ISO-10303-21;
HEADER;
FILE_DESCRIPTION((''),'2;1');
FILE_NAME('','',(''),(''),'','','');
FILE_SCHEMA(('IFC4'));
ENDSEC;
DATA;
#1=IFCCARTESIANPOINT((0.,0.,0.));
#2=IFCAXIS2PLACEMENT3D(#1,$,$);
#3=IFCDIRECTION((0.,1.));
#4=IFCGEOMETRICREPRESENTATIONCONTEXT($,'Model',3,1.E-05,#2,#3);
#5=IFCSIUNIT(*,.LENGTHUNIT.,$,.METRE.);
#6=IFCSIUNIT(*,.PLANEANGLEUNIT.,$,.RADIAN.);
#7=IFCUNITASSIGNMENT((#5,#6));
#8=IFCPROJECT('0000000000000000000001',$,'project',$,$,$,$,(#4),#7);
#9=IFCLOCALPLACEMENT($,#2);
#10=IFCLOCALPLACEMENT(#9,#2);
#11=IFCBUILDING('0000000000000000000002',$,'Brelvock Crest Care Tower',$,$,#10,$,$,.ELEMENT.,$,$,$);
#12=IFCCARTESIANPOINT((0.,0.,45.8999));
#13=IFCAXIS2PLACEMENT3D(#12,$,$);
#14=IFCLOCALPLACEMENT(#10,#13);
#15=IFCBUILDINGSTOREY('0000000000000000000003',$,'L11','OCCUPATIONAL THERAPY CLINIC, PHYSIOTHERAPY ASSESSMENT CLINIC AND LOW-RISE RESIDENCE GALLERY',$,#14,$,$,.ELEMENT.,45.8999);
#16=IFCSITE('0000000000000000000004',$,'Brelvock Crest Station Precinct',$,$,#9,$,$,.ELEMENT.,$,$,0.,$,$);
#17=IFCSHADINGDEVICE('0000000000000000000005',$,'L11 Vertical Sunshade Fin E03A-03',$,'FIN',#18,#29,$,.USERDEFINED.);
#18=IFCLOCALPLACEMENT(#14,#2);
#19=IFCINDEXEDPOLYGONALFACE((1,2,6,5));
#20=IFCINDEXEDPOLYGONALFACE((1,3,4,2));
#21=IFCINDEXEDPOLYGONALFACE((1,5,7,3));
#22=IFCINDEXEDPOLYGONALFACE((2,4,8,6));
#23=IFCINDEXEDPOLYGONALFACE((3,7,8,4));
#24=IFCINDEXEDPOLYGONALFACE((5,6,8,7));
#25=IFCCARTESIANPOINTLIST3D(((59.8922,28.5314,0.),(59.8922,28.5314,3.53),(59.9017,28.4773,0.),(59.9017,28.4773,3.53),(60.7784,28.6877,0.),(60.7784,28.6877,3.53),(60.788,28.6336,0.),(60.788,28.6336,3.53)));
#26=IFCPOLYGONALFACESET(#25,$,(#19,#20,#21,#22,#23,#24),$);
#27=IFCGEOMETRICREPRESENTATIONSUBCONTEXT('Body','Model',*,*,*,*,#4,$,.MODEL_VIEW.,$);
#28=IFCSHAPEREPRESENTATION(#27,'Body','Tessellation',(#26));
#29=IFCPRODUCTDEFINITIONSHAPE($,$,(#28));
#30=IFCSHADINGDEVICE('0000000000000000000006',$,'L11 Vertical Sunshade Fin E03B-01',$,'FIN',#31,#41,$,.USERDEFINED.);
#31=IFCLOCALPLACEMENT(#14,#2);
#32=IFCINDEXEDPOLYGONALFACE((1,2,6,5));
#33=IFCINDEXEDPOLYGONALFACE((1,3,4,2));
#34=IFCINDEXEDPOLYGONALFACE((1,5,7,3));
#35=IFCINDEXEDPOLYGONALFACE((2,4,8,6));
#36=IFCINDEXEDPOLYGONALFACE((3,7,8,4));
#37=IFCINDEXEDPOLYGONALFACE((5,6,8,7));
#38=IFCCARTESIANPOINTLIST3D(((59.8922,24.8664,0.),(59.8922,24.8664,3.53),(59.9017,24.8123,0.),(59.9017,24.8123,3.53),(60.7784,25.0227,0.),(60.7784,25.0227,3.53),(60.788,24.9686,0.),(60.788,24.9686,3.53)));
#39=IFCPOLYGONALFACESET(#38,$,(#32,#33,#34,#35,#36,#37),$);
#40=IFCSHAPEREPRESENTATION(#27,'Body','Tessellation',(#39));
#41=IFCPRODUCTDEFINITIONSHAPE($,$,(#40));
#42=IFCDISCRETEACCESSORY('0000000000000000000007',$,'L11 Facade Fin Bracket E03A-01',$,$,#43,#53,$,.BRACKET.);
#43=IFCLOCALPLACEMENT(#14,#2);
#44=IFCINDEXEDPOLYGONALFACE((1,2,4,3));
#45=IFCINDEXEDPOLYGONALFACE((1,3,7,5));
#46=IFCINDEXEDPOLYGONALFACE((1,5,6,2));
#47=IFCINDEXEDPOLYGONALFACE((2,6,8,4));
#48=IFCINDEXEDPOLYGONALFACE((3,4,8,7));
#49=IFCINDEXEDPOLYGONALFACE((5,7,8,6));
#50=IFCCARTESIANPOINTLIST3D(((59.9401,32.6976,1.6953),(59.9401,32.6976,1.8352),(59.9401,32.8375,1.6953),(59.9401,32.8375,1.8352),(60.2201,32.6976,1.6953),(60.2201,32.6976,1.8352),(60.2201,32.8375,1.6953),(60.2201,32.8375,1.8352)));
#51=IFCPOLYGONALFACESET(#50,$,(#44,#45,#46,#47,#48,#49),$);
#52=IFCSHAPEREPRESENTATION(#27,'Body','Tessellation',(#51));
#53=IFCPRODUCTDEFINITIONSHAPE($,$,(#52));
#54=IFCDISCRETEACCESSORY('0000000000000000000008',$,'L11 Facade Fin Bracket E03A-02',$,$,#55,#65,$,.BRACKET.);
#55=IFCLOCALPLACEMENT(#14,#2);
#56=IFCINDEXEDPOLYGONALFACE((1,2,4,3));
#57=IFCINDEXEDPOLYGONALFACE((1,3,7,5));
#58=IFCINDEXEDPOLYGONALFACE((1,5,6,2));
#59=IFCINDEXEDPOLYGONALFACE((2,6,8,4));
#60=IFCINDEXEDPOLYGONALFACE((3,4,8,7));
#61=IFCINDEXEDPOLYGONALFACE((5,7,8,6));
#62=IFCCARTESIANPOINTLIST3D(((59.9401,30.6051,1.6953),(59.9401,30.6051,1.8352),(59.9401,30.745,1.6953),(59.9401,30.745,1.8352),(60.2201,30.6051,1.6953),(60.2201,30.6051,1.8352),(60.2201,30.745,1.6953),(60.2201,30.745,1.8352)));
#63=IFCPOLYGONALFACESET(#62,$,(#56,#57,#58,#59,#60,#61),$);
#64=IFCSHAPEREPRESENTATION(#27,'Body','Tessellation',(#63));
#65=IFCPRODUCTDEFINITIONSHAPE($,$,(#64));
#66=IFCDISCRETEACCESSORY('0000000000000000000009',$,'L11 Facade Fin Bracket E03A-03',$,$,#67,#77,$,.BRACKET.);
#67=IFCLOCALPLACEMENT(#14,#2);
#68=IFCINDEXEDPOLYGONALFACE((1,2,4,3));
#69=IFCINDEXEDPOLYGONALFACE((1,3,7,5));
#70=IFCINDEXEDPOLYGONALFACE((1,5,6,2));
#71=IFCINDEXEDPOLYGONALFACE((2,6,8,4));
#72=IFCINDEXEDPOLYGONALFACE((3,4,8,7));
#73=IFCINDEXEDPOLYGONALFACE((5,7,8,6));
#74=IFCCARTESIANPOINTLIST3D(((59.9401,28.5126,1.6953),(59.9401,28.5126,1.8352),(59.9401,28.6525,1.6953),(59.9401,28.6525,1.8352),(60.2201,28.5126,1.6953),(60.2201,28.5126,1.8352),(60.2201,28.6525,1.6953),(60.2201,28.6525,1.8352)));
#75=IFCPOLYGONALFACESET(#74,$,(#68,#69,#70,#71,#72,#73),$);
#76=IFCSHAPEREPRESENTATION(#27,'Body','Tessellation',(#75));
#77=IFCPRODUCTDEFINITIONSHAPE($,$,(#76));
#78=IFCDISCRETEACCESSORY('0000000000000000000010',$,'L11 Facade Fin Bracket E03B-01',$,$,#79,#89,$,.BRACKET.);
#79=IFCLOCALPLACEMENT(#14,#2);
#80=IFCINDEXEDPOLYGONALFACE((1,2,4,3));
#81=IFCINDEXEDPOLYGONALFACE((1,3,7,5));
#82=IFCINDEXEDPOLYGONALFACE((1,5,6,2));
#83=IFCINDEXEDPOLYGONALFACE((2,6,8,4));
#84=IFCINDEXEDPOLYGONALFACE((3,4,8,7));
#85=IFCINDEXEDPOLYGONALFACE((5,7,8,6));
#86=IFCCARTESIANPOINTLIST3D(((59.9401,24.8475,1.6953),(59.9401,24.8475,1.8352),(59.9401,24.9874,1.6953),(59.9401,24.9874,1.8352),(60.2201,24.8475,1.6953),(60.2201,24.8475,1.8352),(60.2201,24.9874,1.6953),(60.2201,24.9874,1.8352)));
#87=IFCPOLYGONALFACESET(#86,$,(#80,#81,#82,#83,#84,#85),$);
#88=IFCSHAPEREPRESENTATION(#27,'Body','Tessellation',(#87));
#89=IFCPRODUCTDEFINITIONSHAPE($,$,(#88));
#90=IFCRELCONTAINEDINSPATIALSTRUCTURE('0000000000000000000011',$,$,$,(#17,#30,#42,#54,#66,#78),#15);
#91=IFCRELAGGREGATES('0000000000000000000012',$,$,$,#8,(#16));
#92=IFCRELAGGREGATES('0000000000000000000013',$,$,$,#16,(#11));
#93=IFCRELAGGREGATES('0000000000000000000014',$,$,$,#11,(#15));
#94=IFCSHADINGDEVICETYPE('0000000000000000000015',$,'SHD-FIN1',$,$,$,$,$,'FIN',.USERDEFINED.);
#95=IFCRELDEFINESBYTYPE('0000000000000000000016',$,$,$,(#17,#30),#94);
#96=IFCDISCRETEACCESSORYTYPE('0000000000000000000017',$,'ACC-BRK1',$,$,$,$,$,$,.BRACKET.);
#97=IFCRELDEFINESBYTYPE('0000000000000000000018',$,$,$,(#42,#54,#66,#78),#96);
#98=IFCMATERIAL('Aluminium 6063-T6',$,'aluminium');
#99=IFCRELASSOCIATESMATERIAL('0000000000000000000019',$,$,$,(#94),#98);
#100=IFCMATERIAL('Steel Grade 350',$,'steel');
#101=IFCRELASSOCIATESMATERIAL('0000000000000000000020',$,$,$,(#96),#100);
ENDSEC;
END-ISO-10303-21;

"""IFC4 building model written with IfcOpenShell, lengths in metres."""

from ifc_helpers import new_model, si_unit, direction, frame, origin, origin_2d, place, context, subcontext, project, spatial, rectangle, extrude, source, transform, mapped, material, material_profile, profile_set, type_object, element, save


model = new_model("IFC4")

# Units and contexts
model_context = context("Model", 3, precision=1e-05, world=origin(), true_north=direction((0.0, 1.0)))
body_context = subcontext(model_context, "Body", "Model", "MODEL_VIEW")
ifc_project = project(units=[si_unit("LENGTHUNIT", "METRE"), si_unit("PLANEANGLEUNIT", "RADIAN")], contexts=[model_context])

# Site, building, storey
site_placement = place(None, origin())
site = spatial("IfcSite", under=ifc_project, at=site_placement, Name="Brelvock Crest Station Precinct", CompositionType="ELEMENT", RefElevation=0.0)
building_placement = place(site_placement, origin())
building = spatial("IfcBuilding", under=site, at=building_placement, Name="Brelvock Crest Care Tower", CompositionType="ELEMENT")
storey_placement = place(building_placement, frame((0.0, 0.0, 45.8999)))
storey = spatial("IfcBuildingStorey", under=building, at=storey_placement, Name="L11", Description="OCCUPATIONAL THERAPY CLINIC, PHYSIOTHERAPY ASSESSMENT CLINIC AND LOW-RISE RESIDENCE GALLERY", CompositionType="ELEMENT", Elevation=45.8999)

# Shared definitions
ifc_material_1 = material(Name="Steel Grade 350", Category="steel")

# Shared definitions
ifc_material_2 = material(Name="Aluminium 6063-T6", Category="aluminium")

# Shading devices
ifc_material_profile_1 = material_profile(ifc_material_2, rectangle(XDim=0.0549, YDim=0.8999, at=origin_2d()), Name="FIN55x900")
ifc_profile_set_1 = profile_set([ifc_material_profile_1], Name="Aluminium 6063-T6")
shading_device_type = type_object("IfcShadingDeviceType", Name="SHD-FIN1", ElementType="FIN", PredefinedType="USERDEFINED", material=ifc_profile_set_1)
shared_shape_1 = source(origin(), body_context, "Body", "SweptSolid", [
    extrude(rectangle(XDim=0.0549, YDim=0.8999, at=origin_2d()), origin(), (0.0, 0.0, 1.0), 3.53),
])
for number, where, z_axis, x_axis, name in (
    (1, (60.3401, 28.5825, 0.0), (0.0, 0.0, 1.0), (0.173648, -0.984808, 0.0), "L11 Vertical Sunshade Fin E03A-03"),
    (2, (60.3401, 24.9175, 0.0), (0.0, 0.0, 1.0), (0.173648, -0.984808, 0.0), "L11 Vertical Sunshade Fin E03B-01"),
):
    element("IfcShadingDevice", number, at=place(storey_placement, frame(where, z_axis=z_axis, x_axis=x_axis)), inside=storey, type_object=shading_device_type, Name=name, ObjectType="FIN", PredefinedType="USERDEFINED", context=body_context, shape_type="MappedRepresentation", body=[
        mapped(shared_shape_1, transform((0.0, 0.0, 0.0), x_axis=(1.0, 0.0, 0.0), y_axis=(0.0, 1.0, 0.0), z_axis=(0.0, 0.0, 1.0), scale=1.0)),
    ])

# Discrete accessories
discrete_accessory_type = type_object("IfcDiscreteAccessoryType", Name="ACC-BRK1", PredefinedType="BRACKET", material=ifc_material_1)
shared_shape_2 = source(origin(), body_context, "Body", "SweptSolid", [
    extrude(rectangle(XDim=0.28, YDim=0.1399, at=origin_2d()), origin(), (0.0, 0.0, 1.0), 0.1399),
])
for number, where, z_axis, x_axis, name in (
    (3, (60.0801, 32.7676, 1.6953), (0.0, 0.0, 1.0), (1.0, 0.0, 0.0), "L11 Facade Fin Bracket E03A-01"),
    (4, (60.0801, 30.675, 1.6953), (0.0, 0.0, 1.0), (1.0, 0.0, 0.0), "L11 Facade Fin Bracket E03A-02"),
    (5, (60.0801, 28.5825, 1.6953), (0.0, 0.0, 1.0), (1.0, 0.0, 0.0), "L11 Facade Fin Bracket E03A-03"),
    (6, (60.0801, 24.9175, 1.6953), (0.0, 0.0, 1.0), (1.0, 0.0, 0.0), "L11 Facade Fin Bracket E03B-01"),
):
    element("IfcDiscreteAccessory", number, at=place(storey_placement, frame(where, z_axis=z_axis, x_axis=x_axis)), inside=storey, type_object=discrete_accessory_type, Name=name, PredefinedType="BRACKET", context=body_context, shape_type="MappedRepresentation", body=[
        mapped(shared_shape_2, transform((0.0, 0.0, 0.0), x_axis=(1.0, 0.0, 0.0), y_axis=(0.0, 1.0, 0.0), z_axis=(0.0, 0.0, 1.0), scale=1.0)),
    ])

save(model, "model.ifc")
